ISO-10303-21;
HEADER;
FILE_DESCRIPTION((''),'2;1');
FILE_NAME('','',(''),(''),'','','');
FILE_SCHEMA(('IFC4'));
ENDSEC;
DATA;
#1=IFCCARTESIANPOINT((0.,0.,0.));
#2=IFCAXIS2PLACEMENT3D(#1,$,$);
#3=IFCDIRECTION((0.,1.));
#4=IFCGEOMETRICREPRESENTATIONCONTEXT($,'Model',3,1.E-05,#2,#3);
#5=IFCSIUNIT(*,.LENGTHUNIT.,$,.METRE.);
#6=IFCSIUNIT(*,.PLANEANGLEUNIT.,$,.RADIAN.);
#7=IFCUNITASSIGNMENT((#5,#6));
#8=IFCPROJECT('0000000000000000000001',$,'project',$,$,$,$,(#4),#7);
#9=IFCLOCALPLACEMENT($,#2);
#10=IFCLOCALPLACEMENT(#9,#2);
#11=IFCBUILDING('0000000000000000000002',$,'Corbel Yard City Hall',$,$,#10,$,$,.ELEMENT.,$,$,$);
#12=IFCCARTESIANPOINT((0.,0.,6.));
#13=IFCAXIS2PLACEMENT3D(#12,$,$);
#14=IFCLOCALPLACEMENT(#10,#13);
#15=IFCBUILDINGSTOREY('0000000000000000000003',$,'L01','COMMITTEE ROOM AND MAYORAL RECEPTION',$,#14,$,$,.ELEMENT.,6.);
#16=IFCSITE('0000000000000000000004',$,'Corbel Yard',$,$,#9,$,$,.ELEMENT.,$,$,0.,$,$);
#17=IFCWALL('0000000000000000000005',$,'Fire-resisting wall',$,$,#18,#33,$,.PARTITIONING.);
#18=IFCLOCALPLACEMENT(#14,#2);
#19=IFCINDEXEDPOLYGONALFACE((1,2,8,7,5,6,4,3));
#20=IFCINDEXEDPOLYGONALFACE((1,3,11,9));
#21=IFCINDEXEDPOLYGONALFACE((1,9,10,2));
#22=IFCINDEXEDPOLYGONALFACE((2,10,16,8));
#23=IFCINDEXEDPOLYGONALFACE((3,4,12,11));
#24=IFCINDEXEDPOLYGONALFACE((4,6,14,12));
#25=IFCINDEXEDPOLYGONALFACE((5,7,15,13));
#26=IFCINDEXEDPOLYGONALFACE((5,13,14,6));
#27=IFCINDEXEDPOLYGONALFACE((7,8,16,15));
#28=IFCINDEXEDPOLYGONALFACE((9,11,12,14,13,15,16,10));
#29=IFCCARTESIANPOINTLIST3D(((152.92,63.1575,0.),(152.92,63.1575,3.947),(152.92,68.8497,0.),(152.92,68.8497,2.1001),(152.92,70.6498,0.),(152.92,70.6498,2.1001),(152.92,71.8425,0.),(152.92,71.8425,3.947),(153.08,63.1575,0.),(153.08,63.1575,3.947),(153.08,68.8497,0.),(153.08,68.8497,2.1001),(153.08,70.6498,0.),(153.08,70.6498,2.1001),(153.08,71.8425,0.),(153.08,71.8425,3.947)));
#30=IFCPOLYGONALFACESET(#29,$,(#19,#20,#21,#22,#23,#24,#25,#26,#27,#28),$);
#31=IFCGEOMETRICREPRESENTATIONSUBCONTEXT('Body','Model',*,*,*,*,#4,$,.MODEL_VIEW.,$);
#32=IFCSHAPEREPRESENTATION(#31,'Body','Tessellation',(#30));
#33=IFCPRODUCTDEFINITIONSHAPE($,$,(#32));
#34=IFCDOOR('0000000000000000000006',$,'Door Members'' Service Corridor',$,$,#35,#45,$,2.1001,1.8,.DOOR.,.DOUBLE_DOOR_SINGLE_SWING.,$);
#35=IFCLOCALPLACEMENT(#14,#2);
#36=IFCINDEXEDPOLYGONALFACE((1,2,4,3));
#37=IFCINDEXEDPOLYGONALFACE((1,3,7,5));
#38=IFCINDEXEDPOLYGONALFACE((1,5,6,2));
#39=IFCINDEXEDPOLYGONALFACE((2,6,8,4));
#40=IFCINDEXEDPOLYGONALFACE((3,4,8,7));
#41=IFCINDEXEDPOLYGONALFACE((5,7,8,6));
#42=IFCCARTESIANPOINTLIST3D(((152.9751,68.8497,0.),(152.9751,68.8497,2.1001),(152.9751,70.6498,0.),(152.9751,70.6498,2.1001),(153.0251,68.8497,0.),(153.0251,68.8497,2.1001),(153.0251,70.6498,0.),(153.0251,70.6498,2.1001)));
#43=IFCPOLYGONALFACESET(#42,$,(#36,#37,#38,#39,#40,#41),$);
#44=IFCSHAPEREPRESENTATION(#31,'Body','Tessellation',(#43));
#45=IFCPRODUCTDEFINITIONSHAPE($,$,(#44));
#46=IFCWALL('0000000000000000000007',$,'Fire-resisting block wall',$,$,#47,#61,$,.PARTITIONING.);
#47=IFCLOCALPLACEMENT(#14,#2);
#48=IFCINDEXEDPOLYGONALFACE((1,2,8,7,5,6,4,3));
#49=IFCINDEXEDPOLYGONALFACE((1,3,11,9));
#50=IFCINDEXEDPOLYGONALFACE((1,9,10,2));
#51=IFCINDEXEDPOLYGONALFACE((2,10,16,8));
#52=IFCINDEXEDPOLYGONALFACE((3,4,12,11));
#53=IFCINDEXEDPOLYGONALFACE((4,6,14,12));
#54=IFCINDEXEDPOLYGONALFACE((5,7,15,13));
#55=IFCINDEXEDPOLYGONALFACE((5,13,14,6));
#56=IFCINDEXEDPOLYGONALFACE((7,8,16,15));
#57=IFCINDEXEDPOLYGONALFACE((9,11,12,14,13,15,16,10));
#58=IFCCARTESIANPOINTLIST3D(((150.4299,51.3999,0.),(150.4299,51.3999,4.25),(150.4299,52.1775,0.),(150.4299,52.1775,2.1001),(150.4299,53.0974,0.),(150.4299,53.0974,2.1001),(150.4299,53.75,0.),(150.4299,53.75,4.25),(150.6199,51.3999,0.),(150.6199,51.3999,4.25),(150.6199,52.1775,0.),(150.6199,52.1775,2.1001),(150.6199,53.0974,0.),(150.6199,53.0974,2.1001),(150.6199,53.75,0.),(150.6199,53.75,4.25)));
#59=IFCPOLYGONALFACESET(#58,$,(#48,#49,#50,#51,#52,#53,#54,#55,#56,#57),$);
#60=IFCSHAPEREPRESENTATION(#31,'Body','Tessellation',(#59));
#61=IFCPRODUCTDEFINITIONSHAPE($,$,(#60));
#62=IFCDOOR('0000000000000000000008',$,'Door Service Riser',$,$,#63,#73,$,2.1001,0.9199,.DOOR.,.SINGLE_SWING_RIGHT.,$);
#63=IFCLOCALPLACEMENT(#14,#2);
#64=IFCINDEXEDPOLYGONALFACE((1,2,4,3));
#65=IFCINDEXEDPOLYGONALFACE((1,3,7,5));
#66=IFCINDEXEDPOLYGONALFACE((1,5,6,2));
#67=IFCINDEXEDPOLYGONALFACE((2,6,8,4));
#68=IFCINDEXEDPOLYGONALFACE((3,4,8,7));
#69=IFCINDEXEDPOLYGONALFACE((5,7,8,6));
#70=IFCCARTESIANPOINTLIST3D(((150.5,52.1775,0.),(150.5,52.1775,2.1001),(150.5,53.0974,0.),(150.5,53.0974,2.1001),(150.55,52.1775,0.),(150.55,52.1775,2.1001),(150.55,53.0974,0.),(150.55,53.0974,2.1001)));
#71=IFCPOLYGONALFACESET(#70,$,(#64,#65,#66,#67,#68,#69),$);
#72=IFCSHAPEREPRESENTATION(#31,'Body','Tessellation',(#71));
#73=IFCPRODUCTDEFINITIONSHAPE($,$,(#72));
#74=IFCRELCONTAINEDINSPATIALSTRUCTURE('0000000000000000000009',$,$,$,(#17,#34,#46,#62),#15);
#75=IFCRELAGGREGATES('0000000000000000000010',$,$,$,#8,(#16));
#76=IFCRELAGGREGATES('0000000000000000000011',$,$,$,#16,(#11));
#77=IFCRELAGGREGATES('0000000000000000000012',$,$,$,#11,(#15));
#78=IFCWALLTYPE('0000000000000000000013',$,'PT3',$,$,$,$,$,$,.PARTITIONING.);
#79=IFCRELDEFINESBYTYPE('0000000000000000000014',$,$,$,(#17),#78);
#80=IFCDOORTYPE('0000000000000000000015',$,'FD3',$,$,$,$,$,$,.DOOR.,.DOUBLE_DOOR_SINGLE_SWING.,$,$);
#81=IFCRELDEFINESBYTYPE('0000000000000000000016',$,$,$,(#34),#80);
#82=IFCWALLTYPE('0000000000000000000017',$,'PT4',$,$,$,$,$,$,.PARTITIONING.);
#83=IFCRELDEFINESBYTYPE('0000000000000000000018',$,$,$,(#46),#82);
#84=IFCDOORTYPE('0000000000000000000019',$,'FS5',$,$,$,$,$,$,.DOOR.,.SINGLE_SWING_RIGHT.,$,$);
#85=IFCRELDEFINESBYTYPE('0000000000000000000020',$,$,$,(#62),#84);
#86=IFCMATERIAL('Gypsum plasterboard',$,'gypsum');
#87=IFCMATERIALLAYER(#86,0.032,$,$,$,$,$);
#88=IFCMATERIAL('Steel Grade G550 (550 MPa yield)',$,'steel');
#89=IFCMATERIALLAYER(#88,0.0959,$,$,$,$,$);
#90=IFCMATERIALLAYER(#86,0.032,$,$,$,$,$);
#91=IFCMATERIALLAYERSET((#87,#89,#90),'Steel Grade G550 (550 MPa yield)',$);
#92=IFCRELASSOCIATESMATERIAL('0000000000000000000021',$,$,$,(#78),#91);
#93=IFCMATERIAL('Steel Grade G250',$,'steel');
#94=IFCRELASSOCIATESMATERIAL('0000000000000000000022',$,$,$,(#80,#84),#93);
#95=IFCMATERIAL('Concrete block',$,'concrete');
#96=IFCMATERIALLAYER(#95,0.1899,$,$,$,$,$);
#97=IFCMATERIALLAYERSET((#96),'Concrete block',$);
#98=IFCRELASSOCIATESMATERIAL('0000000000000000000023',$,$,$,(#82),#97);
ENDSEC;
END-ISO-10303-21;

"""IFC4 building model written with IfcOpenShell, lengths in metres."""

from ifc_helpers import new_model, si_unit, direction, frame, frame_2d, origin, place, context, subcontext, project, spatial, rectangle, extrude, material, layer, layer_set, type_object, element, fill, save


model = new_model("IFC4")

# Units and contexts
model_context = context("Model", 3, precision=1e-05, world=origin(), true_north=direction((0.0, 1.0)))
body_context = subcontext(model_context, "Body", "Model", "MODEL_VIEW")
ifc_project = project(units=[si_unit("LENGTHUNIT", "METRE"), si_unit("PLANEANGLEUNIT", "RADIAN")], contexts=[model_context])

# Site, building, storey
site_placement = place(None, origin())
site = spatial("IfcSite", under=ifc_project, at=site_placement, Name="Corbel Yard", CompositionType="ELEMENT", RefElevation=0.0)
building_placement = place(site_placement, origin())
building = spatial("IfcBuilding", under=site, at=building_placement, Name="Corbel Yard City Hall", CompositionType="ELEMENT")
storey_placement = place(building_placement, frame((0.0, 0.0, 6.0)))
storey = spatial("IfcBuildingStorey", under=building, at=storey_placement, Name="L01", Description="COMMITTEE ROOM AND MAYORAL RECEPTION", CompositionType="ELEMENT", Elevation=6.0)

# Shared definitions
ifc_material_1 = material(Name="Gypsum plasterboard", Category="gypsum")
ifc_material_2 = material(Name="Steel Grade G550 (550 MPa yield)", Category="steel")

# Shared definitions
ifc_layer_1 = layer(ifc_material_1, 0.032)
ifc_layer_2 = layer(ifc_material_2, 0.0959)
ifc_layer_3 = layer(ifc_material_1, 0.032)
ifc_layer_set_1 = layer_set([ifc_layer_1, ifc_layer_2, ifc_layer_3], Name="Steel Grade G550 (550 MPa yield)")
wall_type_1 = type_object("IfcWallType", Name="PT3", PredefinedType="PARTITIONING", material=ifc_layer_set_1)
ifc_material_3 = material(Name="Steel Grade G250", Category="steel")
door_type_1 = type_object("IfcDoorType", Name="FD3", OperationType="DOUBLE_DOOR_SINGLE_SWING", PredefinedType="DOOR", material=ifc_material_3)

# Walls, openings, doors
wall_1_placement = place(storey_placement, frame((153.0, 63.1575, 0.0), z_axis=(0.0, 0.0, 1.0), x_axis=(0.0, 1.0, 0.0)))
wall_1 = element("IfcWall", 1, at=wall_1_placement, inside=storey, type_object=wall_type_1, Name="Fire-resisting wall", PredefinedType="PARTITIONING", context=body_context, shape_type="SweptSolid", body=[
    extrude(rectangle(XDim=8.6851, YDim=0.1599, at=frame_2d((4.3425, 0.0))), origin(), (0.0, 0.0, 1.0), 3.947),
])
opening_1_placement = place(wall_1_placement, frame((5.6924, 0.0, 0.0)))
opening_1 = element("IfcOpeningElement", 2, at=opening_1_placement, cuts=wall_1, PredefinedType="OPENING", context=body_context, shape_type="SweptSolid", body=[
    extrude(rectangle(XDim=1.8, YDim=2.1001, at=frame_2d((0.8999, 1.05))), frame((0.0, 0.0898, 0.0), z_axis=(0.0, -1.0, 0.0), x_axis=(1.0, 0.0, 0.0)), (0.0, 0.0, 1.0), 0.1799),
])
door_1_placement = place(opening_1_placement, origin())
door_1 = element("IfcDoor", 3, at=door_1_placement, inside=storey, type_object=door_type_1, Name="Door Members' Service Corridor", OperationType="DOUBLE_DOOR_SINGLE_SWING", OverallHeight=2.1001, OverallWidth=1.8, PredefinedType="DOOR", context=body_context, shape_type="SweptSolid", body=[
    extrude(rectangle(XDim=1.8, YDim=2.1001, at=frame_2d((0.8999, 1.05))), frame((0.0, 0.0249, 0.0), z_axis=(0.0, -1.0, 0.0), x_axis=(1.0, 0.0, 0.0)), (0.0, 0.0, 1.0), 0.05),
])
fill(opening_1, door_1)
ifc_material_4 = material(Name="Concrete block", Category="concrete")
ifc_layer_4 = layer(ifc_material_4, 0.1899)
ifc_layer_set_2 = layer_set([ifc_layer_4], Name="Concrete block")
wall_type_2 = type_object("IfcWallType", Name="PT4", PredefinedType="PARTITIONING", material=ifc_layer_set_2)
wall_2_placement = place(storey_placement, frame((150.5249, 51.3999, 0.0), z_axis=(0.0, 0.0, 1.0), x_axis=(0.0, 1.0, 0.0)))
wall_2 = element("IfcWall", 4, at=wall_2_placement, inside=storey, type_object=wall_type_2, Name="Fire-resisting block wall", PredefinedType="PARTITIONING", context=body_context, shape_type="SweptSolid", body=[
    extrude(rectangle(XDim=2.3501, YDim=0.1899, at=frame_2d((1.175, 0.0))), origin(), (0.0, 0.0, 1.0), 4.25),
])
opening_2_placement = place(wall_2_placement, frame((0.7776, 0.0, 0.0)))
opening_2 = element("IfcOpeningElement", 5, at=opening_2_placement, cuts=wall_2, PredefinedType="OPENING", context=body_context, shape_type="SweptSolid", body=[
    extrude(rectangle(XDim=0.9199, YDim=2.1001, at=frame_2d((0.46, 1.05))), frame((0.0, 0.105, 0.0), z_axis=(0.0, -1.0, 0.0), x_axis=(1.0, 0.0, 0.0)), (0.0, 0.0, 1.0), 0.21),
])
door_type_2 = type_object("IfcDoorType", Name="FS5", OperationType="SINGLE_SWING_RIGHT", PredefinedType="DOOR", material=ifc_material_3)
door_2_placement = place(opening_2_placement, origin())
door_2 = element("IfcDoor", 6, at=door_2_placement, inside=storey, type_object=door_type_2, Name="Door Service Riser", OperationType="SINGLE_SWING_RIGHT", OverallHeight=2.1001, OverallWidth=0.9199, PredefinedType="DOOR", context=body_context, shape_type="SweptSolid", body=[
    extrude(rectangle(XDim=0.9199, YDim=2.1001, at=frame_2d((0.46, 1.05))), frame((0.0, 0.0249, 0.0), z_axis=(0.0, -1.0, 0.0), x_axis=(1.0, 0.0, 0.0)), (0.0, 0.0, 1.0), 0.05),
])
fill(opening_2, door_2)

save(model, "model.ifc")
